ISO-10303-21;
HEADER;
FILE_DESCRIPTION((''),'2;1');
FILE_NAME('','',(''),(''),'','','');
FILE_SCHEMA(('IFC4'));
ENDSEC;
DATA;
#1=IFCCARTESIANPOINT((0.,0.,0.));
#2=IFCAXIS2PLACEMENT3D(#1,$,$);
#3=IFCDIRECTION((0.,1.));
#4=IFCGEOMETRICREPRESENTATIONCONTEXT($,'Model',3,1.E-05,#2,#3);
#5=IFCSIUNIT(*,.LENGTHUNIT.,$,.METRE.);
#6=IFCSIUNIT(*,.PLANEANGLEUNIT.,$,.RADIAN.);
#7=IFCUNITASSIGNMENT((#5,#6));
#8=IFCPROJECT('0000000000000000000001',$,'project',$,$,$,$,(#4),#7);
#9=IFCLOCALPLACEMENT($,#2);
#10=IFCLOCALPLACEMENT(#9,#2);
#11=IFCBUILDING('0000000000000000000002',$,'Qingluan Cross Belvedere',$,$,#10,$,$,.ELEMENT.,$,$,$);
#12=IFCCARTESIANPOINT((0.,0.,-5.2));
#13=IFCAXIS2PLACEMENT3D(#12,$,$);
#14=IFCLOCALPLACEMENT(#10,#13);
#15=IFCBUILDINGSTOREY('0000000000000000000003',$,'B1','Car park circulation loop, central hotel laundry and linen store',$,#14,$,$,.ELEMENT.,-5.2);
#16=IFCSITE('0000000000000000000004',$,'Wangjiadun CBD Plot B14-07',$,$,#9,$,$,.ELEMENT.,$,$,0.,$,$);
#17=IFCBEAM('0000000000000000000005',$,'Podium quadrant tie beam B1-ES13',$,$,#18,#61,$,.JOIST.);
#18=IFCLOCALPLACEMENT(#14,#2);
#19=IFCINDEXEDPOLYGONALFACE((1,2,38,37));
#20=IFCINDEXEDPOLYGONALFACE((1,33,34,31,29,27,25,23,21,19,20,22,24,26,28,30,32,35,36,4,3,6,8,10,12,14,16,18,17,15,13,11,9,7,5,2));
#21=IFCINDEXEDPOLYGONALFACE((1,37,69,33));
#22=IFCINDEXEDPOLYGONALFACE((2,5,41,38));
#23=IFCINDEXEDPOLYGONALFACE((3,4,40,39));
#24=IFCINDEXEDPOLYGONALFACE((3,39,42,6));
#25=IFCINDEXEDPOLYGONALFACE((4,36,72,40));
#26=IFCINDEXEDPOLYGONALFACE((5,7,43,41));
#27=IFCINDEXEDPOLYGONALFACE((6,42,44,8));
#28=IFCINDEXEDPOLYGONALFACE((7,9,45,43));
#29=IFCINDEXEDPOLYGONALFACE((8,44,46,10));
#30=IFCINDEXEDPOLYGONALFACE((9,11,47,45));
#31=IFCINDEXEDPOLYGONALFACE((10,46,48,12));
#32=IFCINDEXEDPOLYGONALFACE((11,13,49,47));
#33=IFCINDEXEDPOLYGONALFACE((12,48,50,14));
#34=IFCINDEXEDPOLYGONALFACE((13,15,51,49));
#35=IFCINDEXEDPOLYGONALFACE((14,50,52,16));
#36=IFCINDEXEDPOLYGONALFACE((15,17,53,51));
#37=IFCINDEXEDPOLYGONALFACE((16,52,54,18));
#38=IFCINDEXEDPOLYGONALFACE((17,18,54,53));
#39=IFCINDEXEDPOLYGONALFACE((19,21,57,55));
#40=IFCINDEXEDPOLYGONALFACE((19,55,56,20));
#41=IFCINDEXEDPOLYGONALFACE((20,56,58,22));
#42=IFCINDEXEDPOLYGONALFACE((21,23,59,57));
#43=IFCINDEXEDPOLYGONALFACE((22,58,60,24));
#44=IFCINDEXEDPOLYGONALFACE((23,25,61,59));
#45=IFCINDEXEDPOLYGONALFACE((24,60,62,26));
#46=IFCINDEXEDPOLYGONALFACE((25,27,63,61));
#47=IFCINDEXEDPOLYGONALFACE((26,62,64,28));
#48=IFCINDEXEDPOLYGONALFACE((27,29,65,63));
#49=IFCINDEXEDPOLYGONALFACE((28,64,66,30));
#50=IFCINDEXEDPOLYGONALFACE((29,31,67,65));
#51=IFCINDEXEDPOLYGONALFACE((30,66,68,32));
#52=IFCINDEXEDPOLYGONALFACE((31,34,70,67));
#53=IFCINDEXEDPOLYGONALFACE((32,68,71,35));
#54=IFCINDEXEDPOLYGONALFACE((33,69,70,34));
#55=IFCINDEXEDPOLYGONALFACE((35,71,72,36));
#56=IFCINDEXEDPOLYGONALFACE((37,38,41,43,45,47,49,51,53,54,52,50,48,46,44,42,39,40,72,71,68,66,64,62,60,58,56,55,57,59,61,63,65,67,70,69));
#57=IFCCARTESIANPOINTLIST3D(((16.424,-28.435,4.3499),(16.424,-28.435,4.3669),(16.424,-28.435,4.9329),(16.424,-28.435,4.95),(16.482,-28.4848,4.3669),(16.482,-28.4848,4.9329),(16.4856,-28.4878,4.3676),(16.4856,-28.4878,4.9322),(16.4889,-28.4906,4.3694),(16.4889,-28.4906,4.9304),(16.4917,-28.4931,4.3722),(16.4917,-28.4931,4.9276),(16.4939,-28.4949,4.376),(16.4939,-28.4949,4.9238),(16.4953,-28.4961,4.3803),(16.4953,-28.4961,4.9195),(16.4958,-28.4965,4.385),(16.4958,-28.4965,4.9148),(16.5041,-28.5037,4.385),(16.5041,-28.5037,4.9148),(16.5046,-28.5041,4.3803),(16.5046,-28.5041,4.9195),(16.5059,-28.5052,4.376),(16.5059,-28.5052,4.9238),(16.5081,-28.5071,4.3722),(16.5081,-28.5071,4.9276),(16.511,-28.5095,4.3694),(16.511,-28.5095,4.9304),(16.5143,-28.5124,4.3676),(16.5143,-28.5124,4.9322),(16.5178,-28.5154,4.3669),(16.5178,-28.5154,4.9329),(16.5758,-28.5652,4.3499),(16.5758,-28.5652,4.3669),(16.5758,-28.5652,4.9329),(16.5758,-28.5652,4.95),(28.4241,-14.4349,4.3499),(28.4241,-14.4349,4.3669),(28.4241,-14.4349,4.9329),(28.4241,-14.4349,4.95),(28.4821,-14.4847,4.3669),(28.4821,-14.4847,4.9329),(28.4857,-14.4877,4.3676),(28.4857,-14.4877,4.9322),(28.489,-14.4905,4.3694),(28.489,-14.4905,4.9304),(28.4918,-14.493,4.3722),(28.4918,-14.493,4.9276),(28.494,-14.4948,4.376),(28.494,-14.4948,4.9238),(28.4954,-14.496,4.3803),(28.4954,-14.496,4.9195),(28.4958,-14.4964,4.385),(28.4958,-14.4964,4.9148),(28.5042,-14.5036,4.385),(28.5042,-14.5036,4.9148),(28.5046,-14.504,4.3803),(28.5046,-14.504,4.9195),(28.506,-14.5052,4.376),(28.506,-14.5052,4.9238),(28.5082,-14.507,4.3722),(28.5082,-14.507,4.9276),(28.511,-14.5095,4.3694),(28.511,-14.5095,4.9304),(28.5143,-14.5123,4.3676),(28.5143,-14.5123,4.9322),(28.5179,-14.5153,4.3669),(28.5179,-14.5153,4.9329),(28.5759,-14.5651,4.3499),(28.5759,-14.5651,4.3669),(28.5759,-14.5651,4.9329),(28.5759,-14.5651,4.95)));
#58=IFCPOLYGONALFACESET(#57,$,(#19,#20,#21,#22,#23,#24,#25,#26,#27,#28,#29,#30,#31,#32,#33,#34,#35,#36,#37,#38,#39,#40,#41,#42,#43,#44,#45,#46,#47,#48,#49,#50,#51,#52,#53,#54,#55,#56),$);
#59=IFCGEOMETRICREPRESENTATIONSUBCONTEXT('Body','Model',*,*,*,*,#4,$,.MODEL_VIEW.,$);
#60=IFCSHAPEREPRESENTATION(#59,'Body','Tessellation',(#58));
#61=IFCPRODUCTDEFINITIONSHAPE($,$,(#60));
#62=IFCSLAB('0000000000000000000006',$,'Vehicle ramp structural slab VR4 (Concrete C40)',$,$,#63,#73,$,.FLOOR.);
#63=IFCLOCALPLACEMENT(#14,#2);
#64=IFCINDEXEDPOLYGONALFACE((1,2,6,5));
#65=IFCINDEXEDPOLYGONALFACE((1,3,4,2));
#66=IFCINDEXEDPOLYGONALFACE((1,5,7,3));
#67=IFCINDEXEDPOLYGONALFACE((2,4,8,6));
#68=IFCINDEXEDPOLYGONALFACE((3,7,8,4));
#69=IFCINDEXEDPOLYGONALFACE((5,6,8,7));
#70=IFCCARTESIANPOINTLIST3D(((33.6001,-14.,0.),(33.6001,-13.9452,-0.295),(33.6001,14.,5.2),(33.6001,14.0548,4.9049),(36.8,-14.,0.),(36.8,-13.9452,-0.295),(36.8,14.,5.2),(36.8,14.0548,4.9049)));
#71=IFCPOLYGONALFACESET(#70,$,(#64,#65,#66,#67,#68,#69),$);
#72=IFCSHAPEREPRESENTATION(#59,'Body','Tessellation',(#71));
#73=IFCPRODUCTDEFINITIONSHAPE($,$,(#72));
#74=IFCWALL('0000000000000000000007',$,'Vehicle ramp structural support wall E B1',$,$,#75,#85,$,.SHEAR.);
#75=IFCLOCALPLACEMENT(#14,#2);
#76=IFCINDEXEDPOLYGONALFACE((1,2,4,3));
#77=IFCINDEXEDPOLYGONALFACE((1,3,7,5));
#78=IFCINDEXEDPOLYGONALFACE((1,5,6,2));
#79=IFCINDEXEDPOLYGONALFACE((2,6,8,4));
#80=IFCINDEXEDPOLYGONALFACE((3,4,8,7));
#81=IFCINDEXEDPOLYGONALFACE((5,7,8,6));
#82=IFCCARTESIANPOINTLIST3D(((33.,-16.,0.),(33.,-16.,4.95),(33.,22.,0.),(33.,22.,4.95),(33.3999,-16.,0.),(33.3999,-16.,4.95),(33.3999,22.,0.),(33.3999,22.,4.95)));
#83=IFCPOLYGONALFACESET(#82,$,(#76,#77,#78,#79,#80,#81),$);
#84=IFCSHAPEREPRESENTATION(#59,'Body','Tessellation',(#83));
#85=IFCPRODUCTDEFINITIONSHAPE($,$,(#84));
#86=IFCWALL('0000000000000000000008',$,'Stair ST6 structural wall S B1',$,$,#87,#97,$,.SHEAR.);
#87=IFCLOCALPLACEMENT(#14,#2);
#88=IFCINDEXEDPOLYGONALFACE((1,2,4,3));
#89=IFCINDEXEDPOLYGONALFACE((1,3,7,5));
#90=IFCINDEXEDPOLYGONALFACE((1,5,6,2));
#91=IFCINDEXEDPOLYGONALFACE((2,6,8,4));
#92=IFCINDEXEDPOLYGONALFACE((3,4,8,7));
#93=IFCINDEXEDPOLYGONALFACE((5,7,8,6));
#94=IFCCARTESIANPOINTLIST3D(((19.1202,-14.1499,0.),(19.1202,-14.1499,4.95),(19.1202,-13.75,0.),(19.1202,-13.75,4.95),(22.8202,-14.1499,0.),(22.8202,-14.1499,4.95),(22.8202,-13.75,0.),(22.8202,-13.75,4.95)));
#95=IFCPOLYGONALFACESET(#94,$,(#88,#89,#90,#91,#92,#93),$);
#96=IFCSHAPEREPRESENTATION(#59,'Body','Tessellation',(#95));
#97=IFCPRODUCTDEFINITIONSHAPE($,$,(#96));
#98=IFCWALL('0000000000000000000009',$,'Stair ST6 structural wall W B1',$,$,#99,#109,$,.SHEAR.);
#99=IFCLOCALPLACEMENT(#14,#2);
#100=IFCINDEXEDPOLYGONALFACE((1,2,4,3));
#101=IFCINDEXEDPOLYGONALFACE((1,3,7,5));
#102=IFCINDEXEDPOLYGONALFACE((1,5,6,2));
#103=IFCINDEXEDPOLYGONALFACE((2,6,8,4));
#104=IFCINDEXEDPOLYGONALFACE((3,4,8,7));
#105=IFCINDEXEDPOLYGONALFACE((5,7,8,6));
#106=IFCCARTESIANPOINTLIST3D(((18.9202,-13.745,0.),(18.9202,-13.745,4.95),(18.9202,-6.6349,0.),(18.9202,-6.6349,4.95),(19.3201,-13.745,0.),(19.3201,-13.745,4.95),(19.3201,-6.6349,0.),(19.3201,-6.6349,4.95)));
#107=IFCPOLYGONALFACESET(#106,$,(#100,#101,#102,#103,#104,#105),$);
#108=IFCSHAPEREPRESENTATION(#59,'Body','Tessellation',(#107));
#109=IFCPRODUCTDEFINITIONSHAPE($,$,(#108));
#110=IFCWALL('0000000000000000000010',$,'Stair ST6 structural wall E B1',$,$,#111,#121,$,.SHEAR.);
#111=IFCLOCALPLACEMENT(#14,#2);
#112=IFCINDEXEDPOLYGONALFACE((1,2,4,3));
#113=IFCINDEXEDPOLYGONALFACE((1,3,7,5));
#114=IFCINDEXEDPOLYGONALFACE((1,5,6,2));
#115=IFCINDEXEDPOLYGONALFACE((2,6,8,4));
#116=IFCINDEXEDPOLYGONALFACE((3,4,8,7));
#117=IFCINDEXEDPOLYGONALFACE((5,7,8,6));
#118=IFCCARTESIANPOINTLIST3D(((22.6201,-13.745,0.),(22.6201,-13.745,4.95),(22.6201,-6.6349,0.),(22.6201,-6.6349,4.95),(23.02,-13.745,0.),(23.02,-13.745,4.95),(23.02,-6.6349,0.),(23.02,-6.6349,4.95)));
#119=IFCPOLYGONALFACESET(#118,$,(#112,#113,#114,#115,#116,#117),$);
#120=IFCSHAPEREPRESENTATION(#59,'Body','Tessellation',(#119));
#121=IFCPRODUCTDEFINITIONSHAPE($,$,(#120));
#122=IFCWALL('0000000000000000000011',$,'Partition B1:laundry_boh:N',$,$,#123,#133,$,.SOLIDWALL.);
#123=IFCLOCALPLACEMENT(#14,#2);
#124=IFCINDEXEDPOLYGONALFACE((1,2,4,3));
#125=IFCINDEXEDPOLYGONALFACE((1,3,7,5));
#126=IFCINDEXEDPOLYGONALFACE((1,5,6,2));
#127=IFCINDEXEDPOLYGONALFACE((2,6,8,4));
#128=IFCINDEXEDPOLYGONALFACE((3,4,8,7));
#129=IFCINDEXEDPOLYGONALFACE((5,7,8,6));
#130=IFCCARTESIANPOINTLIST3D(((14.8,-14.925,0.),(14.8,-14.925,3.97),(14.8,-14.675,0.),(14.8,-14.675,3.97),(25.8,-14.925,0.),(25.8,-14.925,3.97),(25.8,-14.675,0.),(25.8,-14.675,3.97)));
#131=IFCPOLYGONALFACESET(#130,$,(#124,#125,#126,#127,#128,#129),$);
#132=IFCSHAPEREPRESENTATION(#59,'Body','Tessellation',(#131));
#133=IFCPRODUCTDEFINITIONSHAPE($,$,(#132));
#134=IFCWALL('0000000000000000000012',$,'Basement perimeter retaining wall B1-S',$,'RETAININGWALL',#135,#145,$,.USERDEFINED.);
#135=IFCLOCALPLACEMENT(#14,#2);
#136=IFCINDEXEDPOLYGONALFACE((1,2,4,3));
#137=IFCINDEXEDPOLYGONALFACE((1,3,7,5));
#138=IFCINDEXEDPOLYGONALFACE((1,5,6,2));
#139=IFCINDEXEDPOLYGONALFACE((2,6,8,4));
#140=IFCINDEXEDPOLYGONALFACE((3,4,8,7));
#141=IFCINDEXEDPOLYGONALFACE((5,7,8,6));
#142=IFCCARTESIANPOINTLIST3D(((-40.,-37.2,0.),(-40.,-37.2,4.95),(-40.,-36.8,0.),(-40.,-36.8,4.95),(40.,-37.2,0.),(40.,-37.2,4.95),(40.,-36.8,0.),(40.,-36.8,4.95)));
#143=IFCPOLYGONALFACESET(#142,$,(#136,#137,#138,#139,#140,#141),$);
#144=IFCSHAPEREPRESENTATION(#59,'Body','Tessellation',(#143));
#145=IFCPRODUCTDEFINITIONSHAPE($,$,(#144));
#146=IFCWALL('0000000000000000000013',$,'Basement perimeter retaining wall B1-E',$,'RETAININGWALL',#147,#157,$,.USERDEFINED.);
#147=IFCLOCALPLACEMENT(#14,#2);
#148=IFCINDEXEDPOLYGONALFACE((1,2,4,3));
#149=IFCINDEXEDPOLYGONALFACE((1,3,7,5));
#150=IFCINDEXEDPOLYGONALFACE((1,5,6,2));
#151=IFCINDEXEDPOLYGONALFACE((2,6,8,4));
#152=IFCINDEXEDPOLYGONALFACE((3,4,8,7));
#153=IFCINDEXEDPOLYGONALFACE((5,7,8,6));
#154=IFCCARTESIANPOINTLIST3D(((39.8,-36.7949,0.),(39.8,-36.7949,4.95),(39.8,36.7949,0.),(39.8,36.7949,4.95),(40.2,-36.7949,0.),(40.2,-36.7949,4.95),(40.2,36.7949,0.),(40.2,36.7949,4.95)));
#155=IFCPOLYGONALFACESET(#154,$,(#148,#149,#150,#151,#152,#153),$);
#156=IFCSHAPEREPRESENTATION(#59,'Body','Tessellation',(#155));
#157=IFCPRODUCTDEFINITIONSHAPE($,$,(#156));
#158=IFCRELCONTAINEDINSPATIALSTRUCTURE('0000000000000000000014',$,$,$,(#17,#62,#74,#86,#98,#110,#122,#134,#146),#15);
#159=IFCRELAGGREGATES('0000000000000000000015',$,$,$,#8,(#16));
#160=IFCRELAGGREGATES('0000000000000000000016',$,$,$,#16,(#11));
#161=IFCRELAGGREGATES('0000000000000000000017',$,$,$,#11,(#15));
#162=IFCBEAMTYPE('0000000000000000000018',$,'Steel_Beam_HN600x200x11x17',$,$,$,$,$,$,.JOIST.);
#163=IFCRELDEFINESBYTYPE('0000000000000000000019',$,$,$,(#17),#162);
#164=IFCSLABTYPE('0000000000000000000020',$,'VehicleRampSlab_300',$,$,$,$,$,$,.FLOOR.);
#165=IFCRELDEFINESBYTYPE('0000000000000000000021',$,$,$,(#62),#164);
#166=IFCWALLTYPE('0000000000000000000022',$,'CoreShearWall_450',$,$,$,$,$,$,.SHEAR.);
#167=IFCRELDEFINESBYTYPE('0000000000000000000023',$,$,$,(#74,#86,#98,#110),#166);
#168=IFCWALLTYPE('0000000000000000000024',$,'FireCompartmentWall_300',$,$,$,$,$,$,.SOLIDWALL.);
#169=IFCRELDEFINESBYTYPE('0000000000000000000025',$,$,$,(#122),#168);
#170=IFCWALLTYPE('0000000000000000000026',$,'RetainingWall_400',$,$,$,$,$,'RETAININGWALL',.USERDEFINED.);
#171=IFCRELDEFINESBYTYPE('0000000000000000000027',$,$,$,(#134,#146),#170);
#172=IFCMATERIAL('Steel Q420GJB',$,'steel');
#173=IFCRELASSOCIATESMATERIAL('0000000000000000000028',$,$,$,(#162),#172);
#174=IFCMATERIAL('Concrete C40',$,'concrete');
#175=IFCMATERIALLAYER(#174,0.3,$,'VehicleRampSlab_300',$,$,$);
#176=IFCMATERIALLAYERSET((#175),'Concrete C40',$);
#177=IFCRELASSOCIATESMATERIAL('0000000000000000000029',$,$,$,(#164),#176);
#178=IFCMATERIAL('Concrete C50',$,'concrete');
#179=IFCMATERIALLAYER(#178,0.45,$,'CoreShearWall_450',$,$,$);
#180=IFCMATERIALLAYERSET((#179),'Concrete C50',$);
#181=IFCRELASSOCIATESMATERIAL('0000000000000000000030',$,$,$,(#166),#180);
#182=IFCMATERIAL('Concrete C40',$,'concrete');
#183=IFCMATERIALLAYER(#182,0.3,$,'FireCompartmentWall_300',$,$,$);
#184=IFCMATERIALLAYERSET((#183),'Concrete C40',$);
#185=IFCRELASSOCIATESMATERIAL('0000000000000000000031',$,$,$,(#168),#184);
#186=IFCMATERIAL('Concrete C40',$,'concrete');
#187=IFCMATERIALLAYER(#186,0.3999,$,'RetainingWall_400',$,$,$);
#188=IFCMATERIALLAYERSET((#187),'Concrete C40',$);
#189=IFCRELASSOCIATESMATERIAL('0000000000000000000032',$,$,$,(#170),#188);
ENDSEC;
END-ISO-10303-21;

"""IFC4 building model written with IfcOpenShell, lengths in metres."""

from ifc_helpers import new_model, si_unit, direction, frame, frame_2d, origin, origin_2d, place, context, subcontext, project, spatial, polyline, rectangle, i_section, outline, extrude, material, layer, layer_set, material_profile, profile_set, type_object, element, save


model = new_model("IFC4")

# Units and contexts
model_context = context("Model", 3, precision=1e-05, world=origin(), true_north=direction((0.0, 1.0)))
body_context = subcontext(model_context, "Body", "Model", "MODEL_VIEW")
ifc_project = project(units=[si_unit("LENGTHUNIT", "METRE"), si_unit("PLANEANGLEUNIT", "RADIAN")], contexts=[model_context])

# Site, building, storey
site_placement = place(None, origin())
site = spatial("IfcSite", under=ifc_project, at=site_placement, Name="Wangjiadun CBD Plot B14-07", CompositionType="ELEMENT", RefElevation=0.0)
building_placement = place(site_placement, origin())
building = spatial("IfcBuilding", under=site, at=building_placement, Name="Qingluan Cross Belvedere", CompositionType="ELEMENT")
storey_placement = place(building_placement, frame((0.0, 0.0, -5.2)))
storey = spatial("IfcBuildingStorey", under=building, at=storey_placement, Name="B1", Description="Car park circulation loop, central hotel laundry and linen store", CompositionType="ELEMENT", Elevation=-5.2)

# Beam
ifc_material_1 = material(Name="Steel Q420GJB", Category="steel")
ifc_material_profile_1 = material_profile(ifc_material_1, i_section(OverallWidth=0.2, OverallDepth=0.6001, WebThickness=0.011, FlangeThickness=0.0171, FilletRadius=0.0181, at=origin_2d()), Name="HN600x200x11x17")
ifc_profile_set_1 = profile_set([ifc_material_profile_1], Name="Steel Q420GJB")
beam_type_1 = type_object("IfcBeamType", Name="Steel_Beam_HN600x200x11x17", PredefinedType="JOIST", material=ifc_profile_set_1)
beam_1_placement = place(storey_placement, frame((28.5, -14.5, 4.6499), z_axis=(-0.650791, -0.759257, 0.0), x_axis=(0.759257, -0.650791, 0.0)))
element("IfcBeam", 1, at=beam_1_placement, inside=storey, type_object=beam_type_1, Name="Podium quadrant tie beam B1-ES13", PredefinedType="JOIST", context=body_context, shape_type="SweptSolid", body=[
    extrude(i_section(OverallWidth=0.2, OverallDepth=0.6001, WebThickness=0.011, FlangeThickness=0.0171, FilletRadius=0.0181, at=origin_2d()), origin(), (0.0, 0.0, 1.0), 18.4392),
])

# Slab
ifc_material_2 = material(Name="Concrete C40", Category="concrete")
ifc_layer_1 = layer(ifc_material_2, 0.3, Name="VehicleRampSlab_300")
ifc_layer_set_1 = layer_set([ifc_layer_1], Name="Concrete C40")
slab_type = type_object("IfcSlabType", Name="VehicleRampSlab_300", PredefinedType="FLOOR", material=ifc_layer_set_1)
slab_placement = place(storey_placement, frame((33.6001, -14.0, 0.0), z_axis=(0.0, -0.182591, 0.983189), x_axis=(1.0, 0.0, 0.0)))
element("IfcSlab", 2, at=slab_placement, inside=storey, type_object=slab_type, Name="Vehicle ramp structural slab VR4 (Concrete C40)", PredefinedType="FLOOR", context=body_context, shape_type="SweptSolid", body=[
    extrude(outline(polyline([(0.0, 0.0), (3.2, 0.0), (3.2, 28.4788), (0.0, 28.4788), (0.0, 0.0)])), origin(), (0.0, 0.0, -1.0), 0.3),
])

# Walls
ifc_material_3 = material(Name="Concrete C50", Category="concrete")
ifc_layer_2 = layer(ifc_material_3, 0.45, Name="CoreShearWall_450")
ifc_layer_set_2 = layer_set([ifc_layer_2], Name="Concrete C50")
wall_type_1 = type_object("IfcWallType", Name="CoreShearWall_450", PredefinedType="SHEAR", material=ifc_layer_set_2)
wall_1_placement = place(storey_placement, frame((33.2, -16.0, 0.0), z_axis=(0.0, 0.0, 1.0), x_axis=(0.0, 1.0, 0.0)))
element("IfcWall", 3, at=wall_1_placement, inside=storey, type_object=wall_type_1, Name="Vehicle ramp structural support wall E B1", PredefinedType="SHEAR", context=body_context, shape_type="SweptSolid", body=[
    extrude(rectangle(XDim=38.0, YDim=0.3999, at=frame_2d((19.0, 0.0))), origin(), (0.0, 0.0, 1.0), 4.95),
])
wall_2_placement = place(storey_placement, frame((19.1201, -13.95, 0.0), z_axis=(0.0, 0.0, 1.0), x_axis=(1.0, 0.0, 0.0)))
element("IfcWall", 4, at=wall_2_placement, inside=storey, type_object=wall_type_1, Name="Stair ST6 structural wall S B1", PredefinedType="SHEAR", context=body_context, shape_type="SweptSolid", body=[
    extrude(rectangle(XDim=3.7, YDim=0.3999, at=frame_2d((1.8501, 0.0))), origin(), (0.0, 0.0, 1.0), 4.95),
])
for number, where, z_axis, x_axis, name in (
    (5, (19.1201, -13.7451, 0.0), (0.0, 0.0, 1.0), (0.0, 1.0, 0.0), "Stair ST6 structural wall W B1"),
    (6, (22.8201, -13.7451, 0.0), (0.0, 0.0, 1.0), (0.0, 1.0, 0.0), "Stair ST6 structural wall E B1"),
):
    element("IfcWall", number, at=place(storey_placement, frame(where, z_axis=z_axis, x_axis=x_axis)), inside=storey, type_object=wall_type_1, Name=name, PredefinedType="SHEAR", context=body_context, shape_type="SweptSolid", body=[
        extrude(rectangle(XDim=7.1101, YDim=0.3999, at=frame_2d((3.5552, 0.0))), origin(), (0.0, 0.0, 1.0), 4.95),
    ])
ifc_material_4 = material(Name="Concrete C40", Category="concrete")
ifc_layer_3 = layer(ifc_material_4, 0.3, Name="FireCompartmentWall_300")
ifc_layer_set_3 = layer_set([ifc_layer_3], Name="Concrete C40")
wall_type_2 = type_object("IfcWallType", Name="FireCompartmentWall_300", PredefinedType="SOLIDWALL", material=ifc_layer_set_3)
wall_3_placement = place(storey_placement, frame((14.8, -14.8, 0.0), z_axis=(0.0, 0.0, 1.0), x_axis=(1.0, 0.0, 0.0)))
element("IfcWall", 7, at=wall_3_placement, inside=storey, type_object=wall_type_2, Name="Partition B1:laundry_boh:N", PredefinedType="SOLIDWALL", context=body_context, shape_type="SweptSolid", body=[
    extrude(rectangle(XDim=11.0, YDim=0.25, at=frame_2d((5.5, 0.0))), origin(), (0.0, 0.0, 1.0), 3.97),
])

# Walls
ifc_material_5 = material(Name="Concrete C40", Category="concrete")
ifc_layer_4 = layer(ifc_material_5, 0.3999, Name="RetainingWall_400")
ifc_layer_set_4 = layer_set([ifc_layer_4], Name="Concrete C40")
wall_type_3 = type_object("IfcWallType", Name="RetainingWall_400", ElementType="RETAININGWALL", PredefinedType="USERDEFINED", material=ifc_layer_set_4)
wall_4_placement = place(storey_placement, frame((40.0, -37.0, 0.0), z_axis=(0.0, 0.0, 1.0), x_axis=(-1.0, 0.0, 0.0)))
element("IfcWall", 8, at=wall_4_placement, inside=storey, type_object=wall_type_3, Name="Basement perimeter retaining wall B1-S", ObjectType="RETAININGWALL", PredefinedType="USERDEFINED", context=body_context, shape_type="SweptSolid", body=[
    extrude(rectangle(XDim=80.0, YDim=0.3999, at=frame_2d((40.0, 0.0))), origin(), (0.0, 0.0, 1.0), 4.95),
])
wall_5_placement = place(storey_placement, frame((40.0, -36.7949, 0.0), z_axis=(0.0, 0.0, 1.0), x_axis=(0.0, 1.0, 0.0)))
element("IfcWall", 9, at=wall_5_placement, inside=storey, type_object=wall_type_3, Name="Basement perimeter retaining wall B1-E", ObjectType="RETAININGWALL", PredefinedType="USERDEFINED", context=body_context, shape_type="SweptSolid", body=[
    extrude(rectangle(XDim=73.5898, YDim=0.3999, at=frame_2d((36.7949, 0.0))), origin(), (0.0, 0.0, 1.0), 4.95),
])

save(model, "model.ifc")
